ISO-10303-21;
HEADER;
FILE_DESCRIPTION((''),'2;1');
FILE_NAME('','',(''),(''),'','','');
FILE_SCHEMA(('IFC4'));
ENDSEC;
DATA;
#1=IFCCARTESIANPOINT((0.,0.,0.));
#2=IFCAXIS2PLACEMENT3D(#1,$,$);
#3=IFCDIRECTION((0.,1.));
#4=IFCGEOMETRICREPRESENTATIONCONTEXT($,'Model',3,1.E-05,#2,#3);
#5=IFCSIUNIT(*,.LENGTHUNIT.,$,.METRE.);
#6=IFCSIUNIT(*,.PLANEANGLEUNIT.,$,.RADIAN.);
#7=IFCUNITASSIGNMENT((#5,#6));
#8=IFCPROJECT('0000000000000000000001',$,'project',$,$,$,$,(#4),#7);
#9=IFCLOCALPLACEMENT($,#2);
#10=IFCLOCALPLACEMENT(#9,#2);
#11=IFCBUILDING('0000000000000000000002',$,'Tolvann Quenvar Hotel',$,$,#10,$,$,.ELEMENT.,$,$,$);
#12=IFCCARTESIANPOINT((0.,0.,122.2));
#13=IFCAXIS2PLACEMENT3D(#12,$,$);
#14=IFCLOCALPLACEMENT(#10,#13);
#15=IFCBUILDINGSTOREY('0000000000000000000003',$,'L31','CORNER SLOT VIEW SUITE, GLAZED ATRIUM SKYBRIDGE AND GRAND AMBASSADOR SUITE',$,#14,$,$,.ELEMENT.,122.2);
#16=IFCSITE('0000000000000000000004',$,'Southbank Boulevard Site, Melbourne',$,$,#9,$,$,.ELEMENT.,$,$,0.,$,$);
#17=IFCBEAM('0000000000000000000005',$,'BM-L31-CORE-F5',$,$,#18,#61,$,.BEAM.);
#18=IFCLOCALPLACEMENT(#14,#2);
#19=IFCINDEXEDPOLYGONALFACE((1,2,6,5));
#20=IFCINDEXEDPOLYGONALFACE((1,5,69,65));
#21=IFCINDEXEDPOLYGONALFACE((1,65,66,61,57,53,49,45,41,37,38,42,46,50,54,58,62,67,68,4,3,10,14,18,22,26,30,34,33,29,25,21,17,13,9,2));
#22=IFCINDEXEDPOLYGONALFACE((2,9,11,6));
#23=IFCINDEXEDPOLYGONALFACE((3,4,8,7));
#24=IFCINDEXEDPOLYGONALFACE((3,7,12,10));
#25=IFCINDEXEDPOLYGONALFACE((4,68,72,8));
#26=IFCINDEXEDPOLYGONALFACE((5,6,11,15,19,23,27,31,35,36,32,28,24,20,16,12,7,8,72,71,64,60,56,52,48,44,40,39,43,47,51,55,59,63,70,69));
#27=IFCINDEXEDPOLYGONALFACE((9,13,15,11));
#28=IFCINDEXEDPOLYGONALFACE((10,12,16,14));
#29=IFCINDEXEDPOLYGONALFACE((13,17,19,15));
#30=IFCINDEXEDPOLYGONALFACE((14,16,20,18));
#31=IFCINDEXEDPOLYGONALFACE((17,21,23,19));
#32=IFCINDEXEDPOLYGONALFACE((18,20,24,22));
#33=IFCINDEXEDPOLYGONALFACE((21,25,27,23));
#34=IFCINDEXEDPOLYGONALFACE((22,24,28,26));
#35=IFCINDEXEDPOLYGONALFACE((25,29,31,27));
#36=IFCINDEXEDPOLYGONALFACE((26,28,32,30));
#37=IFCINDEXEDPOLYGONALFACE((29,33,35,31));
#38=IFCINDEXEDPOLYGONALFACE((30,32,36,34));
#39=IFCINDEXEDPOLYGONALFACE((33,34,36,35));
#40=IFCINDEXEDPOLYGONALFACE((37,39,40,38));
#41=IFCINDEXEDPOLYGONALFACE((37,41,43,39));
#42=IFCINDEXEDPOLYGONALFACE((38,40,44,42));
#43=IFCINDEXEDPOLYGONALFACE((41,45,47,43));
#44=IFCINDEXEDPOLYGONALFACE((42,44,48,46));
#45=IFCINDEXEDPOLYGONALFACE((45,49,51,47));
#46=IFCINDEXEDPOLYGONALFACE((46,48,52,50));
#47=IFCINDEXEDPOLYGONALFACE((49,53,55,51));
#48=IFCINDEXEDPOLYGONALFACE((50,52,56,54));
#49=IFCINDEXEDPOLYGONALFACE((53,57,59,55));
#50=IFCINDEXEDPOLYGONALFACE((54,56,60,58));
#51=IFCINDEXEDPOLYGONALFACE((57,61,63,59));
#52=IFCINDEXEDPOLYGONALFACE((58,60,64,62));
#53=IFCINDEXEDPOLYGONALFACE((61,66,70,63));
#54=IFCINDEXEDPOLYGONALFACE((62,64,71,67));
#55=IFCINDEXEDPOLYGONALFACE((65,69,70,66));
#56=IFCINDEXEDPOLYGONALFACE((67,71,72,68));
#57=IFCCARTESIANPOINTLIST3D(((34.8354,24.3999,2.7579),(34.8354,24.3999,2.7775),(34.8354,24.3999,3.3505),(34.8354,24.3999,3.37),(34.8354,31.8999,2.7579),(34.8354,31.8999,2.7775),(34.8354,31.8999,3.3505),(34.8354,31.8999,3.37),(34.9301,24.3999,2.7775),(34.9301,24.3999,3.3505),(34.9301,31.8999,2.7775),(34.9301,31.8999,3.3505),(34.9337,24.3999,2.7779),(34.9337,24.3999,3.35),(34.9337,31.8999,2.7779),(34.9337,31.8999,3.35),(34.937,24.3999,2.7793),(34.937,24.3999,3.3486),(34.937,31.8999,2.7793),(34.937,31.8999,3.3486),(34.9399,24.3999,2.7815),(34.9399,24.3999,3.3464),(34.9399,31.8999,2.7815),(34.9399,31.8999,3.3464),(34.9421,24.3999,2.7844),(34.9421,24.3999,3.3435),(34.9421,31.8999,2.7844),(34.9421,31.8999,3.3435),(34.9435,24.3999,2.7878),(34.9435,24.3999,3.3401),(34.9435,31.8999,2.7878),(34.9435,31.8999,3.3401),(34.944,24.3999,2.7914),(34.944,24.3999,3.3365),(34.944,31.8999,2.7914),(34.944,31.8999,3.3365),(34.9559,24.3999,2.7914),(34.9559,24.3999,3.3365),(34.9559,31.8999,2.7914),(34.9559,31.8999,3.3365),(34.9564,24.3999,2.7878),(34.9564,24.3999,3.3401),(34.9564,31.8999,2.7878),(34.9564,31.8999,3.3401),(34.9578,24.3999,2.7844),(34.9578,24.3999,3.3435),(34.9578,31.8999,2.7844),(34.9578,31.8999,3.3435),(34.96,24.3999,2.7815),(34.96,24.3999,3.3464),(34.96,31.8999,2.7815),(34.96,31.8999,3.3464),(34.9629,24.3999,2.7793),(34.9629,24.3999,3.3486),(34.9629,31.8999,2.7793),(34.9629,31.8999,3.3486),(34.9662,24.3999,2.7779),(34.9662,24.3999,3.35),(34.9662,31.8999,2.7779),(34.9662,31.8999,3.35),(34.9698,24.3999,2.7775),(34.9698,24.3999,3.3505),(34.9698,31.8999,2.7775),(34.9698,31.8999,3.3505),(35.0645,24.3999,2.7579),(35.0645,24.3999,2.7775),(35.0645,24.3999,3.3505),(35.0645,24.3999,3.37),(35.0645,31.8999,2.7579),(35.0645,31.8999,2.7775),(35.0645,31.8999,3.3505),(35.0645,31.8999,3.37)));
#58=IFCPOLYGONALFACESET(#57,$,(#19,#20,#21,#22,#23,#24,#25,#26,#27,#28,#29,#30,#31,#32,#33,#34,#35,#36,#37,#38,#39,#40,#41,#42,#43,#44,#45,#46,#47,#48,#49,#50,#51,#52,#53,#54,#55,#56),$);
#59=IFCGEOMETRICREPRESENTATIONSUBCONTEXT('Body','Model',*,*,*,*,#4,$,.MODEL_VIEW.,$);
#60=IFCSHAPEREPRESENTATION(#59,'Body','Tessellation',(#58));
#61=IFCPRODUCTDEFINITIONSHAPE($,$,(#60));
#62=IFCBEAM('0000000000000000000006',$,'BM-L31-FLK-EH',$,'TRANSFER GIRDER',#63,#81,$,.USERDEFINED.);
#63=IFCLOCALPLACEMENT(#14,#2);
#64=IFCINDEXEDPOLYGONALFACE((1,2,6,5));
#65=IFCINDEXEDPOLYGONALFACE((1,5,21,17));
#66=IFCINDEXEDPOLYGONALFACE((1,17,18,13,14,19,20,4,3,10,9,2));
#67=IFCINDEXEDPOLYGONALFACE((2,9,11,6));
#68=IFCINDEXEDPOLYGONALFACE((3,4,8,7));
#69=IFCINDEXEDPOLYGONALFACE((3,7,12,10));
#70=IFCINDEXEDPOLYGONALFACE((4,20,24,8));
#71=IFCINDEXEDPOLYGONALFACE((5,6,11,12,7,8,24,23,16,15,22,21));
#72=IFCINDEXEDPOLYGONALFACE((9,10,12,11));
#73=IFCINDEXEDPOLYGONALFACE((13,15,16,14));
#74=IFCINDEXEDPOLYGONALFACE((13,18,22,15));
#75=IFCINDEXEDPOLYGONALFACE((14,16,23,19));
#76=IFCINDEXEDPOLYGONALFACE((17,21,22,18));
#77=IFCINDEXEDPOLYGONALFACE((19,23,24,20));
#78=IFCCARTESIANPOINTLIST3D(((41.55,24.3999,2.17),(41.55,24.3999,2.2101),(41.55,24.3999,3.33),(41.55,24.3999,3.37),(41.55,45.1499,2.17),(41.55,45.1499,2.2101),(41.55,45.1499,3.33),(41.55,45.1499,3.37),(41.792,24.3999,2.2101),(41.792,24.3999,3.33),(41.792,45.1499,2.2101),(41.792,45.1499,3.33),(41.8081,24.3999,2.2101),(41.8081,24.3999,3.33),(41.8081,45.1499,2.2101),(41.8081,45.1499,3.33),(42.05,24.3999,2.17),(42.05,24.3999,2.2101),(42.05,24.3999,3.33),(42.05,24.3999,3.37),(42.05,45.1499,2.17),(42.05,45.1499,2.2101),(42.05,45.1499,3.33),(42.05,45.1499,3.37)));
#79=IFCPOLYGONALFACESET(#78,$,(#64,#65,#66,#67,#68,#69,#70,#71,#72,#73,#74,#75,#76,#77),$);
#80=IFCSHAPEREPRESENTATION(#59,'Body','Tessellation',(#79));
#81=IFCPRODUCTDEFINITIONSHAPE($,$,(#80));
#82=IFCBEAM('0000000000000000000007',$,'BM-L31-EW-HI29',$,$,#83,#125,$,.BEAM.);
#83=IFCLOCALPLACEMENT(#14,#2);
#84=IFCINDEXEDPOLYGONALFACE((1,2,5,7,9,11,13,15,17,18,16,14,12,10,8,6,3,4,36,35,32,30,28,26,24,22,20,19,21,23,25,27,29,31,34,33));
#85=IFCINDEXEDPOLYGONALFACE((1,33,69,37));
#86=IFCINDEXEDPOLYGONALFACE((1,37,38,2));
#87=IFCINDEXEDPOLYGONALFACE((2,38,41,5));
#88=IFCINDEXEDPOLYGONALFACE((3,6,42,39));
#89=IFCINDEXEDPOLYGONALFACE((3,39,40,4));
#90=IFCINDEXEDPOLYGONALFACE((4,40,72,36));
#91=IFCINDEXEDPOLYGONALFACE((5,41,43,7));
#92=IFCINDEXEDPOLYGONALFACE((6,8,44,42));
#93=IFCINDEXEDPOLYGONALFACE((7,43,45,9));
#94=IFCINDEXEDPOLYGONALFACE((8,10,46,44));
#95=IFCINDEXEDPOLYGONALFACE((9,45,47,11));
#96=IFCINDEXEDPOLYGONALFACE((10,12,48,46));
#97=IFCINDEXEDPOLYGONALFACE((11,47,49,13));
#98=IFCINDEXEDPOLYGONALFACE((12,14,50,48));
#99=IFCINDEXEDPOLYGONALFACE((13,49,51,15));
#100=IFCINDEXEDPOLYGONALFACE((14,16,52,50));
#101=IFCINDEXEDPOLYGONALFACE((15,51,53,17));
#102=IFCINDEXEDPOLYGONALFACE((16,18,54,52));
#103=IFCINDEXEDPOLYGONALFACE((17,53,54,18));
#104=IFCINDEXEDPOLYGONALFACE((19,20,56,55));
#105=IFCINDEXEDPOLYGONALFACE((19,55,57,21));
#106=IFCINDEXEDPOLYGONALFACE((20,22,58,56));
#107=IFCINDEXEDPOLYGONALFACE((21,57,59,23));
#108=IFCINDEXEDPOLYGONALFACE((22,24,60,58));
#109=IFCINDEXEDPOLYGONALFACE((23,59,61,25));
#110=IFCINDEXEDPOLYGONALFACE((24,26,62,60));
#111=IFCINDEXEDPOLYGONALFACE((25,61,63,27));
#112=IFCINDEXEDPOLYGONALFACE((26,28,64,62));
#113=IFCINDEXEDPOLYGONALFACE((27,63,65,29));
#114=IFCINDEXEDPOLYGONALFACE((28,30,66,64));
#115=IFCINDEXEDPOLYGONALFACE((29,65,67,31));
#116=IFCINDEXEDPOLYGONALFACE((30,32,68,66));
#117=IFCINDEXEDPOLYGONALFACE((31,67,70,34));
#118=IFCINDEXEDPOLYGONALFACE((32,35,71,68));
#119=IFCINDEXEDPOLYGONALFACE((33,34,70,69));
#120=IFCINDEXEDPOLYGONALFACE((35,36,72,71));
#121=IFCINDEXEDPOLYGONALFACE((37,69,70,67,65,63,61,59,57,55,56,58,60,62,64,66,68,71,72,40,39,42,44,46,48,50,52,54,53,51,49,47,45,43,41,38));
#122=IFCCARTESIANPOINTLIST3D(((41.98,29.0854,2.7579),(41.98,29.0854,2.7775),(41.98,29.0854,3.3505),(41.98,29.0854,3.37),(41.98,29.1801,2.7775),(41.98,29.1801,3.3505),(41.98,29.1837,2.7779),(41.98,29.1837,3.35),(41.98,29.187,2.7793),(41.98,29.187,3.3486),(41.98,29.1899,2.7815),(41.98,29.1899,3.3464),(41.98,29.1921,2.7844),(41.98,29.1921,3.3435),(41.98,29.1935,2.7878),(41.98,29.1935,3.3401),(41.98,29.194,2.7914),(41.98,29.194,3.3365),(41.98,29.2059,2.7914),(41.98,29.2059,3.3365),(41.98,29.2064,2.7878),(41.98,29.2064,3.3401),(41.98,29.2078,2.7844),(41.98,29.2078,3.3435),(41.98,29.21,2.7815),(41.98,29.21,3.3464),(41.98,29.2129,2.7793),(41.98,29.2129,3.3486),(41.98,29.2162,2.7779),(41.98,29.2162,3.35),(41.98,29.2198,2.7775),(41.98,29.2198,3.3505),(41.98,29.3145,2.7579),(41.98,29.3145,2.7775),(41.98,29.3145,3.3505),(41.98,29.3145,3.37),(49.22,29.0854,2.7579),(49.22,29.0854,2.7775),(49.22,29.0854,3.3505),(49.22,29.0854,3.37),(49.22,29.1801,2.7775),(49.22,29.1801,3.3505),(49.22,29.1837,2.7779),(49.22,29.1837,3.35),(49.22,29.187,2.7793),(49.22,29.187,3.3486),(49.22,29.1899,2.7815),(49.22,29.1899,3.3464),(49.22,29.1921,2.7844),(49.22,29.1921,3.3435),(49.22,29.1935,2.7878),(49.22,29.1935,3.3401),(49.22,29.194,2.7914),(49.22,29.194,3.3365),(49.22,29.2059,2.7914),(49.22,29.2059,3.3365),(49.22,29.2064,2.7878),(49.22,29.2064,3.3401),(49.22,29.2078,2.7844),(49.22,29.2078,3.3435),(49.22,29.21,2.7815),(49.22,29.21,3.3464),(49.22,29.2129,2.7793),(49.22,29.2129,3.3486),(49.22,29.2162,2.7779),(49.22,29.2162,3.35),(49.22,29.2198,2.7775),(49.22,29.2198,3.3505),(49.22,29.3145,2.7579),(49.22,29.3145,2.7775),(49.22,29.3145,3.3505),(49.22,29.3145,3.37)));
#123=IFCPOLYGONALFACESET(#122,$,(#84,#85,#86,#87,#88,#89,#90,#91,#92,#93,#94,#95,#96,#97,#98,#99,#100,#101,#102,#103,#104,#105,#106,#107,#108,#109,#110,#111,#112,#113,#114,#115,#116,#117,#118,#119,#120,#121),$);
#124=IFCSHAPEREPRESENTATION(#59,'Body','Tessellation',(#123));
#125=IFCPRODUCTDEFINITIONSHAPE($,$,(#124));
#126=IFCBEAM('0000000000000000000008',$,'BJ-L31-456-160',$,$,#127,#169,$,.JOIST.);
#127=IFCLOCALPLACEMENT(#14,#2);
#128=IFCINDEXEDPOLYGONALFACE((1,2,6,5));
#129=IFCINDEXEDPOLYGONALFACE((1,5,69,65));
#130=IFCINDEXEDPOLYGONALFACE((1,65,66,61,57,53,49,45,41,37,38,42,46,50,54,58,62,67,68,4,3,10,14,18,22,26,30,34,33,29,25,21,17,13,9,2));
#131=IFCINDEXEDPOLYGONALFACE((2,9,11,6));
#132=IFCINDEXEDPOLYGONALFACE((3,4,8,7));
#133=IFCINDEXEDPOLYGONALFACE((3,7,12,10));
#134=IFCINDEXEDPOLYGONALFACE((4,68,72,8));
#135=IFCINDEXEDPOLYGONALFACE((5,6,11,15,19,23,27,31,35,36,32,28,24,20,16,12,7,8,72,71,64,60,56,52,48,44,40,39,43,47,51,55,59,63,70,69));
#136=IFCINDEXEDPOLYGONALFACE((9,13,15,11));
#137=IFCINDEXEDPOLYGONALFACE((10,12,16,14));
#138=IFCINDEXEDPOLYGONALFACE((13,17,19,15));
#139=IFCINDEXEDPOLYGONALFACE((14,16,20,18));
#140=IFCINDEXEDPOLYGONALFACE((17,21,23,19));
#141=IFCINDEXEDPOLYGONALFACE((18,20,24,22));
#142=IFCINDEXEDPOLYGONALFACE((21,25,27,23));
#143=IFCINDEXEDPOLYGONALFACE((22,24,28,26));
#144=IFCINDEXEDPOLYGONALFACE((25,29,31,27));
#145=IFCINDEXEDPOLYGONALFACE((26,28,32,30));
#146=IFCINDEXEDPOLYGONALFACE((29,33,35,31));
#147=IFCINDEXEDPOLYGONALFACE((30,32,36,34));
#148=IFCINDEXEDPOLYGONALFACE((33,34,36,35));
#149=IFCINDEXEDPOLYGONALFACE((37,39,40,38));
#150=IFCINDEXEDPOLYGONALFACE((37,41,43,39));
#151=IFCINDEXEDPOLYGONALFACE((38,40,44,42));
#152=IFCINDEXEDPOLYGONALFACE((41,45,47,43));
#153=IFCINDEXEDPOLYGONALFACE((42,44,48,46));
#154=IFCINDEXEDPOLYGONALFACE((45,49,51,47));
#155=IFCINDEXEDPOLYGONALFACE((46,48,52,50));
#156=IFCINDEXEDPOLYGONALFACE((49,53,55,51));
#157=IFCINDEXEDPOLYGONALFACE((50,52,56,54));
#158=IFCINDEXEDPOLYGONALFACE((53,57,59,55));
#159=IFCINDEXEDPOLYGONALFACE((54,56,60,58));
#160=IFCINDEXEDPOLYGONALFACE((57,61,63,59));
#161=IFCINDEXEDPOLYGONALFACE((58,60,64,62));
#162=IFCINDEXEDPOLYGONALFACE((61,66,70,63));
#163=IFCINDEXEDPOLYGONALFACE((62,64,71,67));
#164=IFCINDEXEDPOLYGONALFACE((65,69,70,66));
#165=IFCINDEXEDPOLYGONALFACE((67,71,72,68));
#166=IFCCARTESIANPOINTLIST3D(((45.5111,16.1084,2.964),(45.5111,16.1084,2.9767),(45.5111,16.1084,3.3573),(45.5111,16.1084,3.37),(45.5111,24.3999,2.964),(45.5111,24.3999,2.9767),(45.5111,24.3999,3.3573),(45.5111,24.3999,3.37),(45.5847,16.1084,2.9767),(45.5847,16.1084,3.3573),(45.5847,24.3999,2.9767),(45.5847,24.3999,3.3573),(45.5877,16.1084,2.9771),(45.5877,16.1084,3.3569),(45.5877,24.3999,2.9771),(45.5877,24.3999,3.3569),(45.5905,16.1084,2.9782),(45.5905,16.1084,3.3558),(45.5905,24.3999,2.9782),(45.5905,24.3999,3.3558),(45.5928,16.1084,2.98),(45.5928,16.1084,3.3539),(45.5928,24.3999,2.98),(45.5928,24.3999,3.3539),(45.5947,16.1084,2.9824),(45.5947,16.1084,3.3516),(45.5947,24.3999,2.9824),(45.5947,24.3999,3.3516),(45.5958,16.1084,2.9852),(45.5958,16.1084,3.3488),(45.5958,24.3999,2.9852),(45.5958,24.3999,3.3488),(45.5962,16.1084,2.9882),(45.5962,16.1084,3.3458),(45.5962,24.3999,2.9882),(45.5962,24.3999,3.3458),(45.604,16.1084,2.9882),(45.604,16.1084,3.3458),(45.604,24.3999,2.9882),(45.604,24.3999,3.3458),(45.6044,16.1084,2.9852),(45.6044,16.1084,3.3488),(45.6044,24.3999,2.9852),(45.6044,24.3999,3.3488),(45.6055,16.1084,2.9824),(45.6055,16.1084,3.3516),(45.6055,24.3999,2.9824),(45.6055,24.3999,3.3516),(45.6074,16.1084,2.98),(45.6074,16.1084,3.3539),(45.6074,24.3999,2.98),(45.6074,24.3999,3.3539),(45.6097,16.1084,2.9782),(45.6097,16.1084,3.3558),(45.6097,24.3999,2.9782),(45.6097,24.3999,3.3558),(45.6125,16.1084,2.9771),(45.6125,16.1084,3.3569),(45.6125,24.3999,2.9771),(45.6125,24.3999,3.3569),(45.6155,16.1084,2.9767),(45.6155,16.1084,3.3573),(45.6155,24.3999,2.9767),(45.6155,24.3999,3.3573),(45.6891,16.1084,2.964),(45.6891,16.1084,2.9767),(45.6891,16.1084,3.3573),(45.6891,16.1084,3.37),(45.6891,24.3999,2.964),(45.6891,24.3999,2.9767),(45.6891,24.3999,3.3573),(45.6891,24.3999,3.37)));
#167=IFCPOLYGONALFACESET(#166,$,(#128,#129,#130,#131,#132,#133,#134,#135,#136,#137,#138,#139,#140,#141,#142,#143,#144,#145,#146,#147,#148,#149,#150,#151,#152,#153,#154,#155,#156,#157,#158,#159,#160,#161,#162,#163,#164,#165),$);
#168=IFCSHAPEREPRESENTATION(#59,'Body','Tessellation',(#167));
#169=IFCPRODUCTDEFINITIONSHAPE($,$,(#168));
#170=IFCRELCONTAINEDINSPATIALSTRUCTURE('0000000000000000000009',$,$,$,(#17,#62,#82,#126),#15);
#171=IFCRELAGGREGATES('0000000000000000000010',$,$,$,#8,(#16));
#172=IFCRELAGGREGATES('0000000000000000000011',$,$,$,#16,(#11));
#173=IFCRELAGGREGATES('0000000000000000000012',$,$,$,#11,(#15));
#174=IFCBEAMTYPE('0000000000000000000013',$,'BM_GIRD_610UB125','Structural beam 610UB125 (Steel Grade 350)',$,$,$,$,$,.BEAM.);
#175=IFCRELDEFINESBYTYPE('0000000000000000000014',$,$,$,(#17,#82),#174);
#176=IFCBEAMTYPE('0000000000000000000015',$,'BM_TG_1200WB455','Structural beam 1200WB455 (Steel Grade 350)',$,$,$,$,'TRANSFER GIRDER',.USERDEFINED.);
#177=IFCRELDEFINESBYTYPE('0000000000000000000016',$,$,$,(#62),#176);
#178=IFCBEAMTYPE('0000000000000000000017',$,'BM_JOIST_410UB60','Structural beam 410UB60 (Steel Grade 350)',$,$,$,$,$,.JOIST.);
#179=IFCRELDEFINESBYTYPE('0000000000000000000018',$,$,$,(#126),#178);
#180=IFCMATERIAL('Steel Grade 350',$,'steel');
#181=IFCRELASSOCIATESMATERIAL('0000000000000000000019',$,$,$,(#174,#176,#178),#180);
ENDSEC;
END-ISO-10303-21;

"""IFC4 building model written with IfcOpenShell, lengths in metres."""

from ifc_helpers import new_model, si_unit, direction, frame, origin, origin_2d, place, context, subcontext, project, spatial, i_section, extrude, source, transform, mapped, material, material_profile, profile_set, type_object, type_shapes, element, save


model = new_model("IFC4")

# Units and contexts
model_context = context("Model", 3, precision=1e-05, world=origin(), true_north=direction((0.0, 1.0)))
body_context = subcontext(model_context, "Body", "Model", "MODEL_VIEW")
ifc_project = project(units=[si_unit("LENGTHUNIT", "METRE"), si_unit("PLANEANGLEUNIT", "RADIAN")], contexts=[model_context])

# Site, building, storey
site_placement = place(None, origin())
site = spatial("IfcSite", under=ifc_project, at=site_placement, Name="Southbank Boulevard Site, Melbourne", CompositionType="ELEMENT", RefElevation=0.0)
building_placement = place(site_placement, origin())
building = spatial("IfcBuilding", under=site, at=building_placement, Name="Tolvann Quenvar Hotel", CompositionType="ELEMENT")
storey_placement = place(building_placement, frame((0.0, 0.0, 122.2)))
storey = spatial("IfcBuildingStorey", under=building, at=storey_placement, Name="L31", Description="CORNER SLOT VIEW SUITE, GLAZED ATRIUM SKYBRIDGE AND GRAND AMBASSADOR SUITE", CompositionType="ELEMENT", Elevation=122.2)

# Shared definitions
ifc_material_1 = material(Name="Steel Grade 350", Category="steel")

# Beams
ifc_material_profile_1 = material_profile(ifc_material_1, i_section(OverallWidth=0.229, OverallDepth=0.6121, WebThickness=0.012, FlangeThickness=0.0195, FilletRadius=0.0139, at=origin_2d()), Name="610UB125")
ifc_profile_set_1 = profile_set([ifc_material_profile_1], Name="Steel Grade 350")
beam_type_1 = type_object("IfcBeamType", Name="BM_GIRD_610UB125", Description="Structural beam 610UB125 (Steel Grade 350)", PredefinedType="BEAM", material=ifc_profile_set_1)
shared_shape_1 = source(origin(), body_context, "Body", "SweptSolid", [
    extrude(i_section(OverallWidth=0.229, OverallDepth=0.6121, WebThickness=0.012, FlangeThickness=0.0195, FilletRadius=0.0139, at=origin_2d()), origin(), (0.0, 0.0, 1.0), 7.5),
])
beam_1_placement = place(storey_placement, frame((34.95, 24.3999, 3.064), z_axis=(0.0, 1.0, 0.0), x_axis=(-1.0, 0.0, 0.0)))
element("IfcBeam", 1, at=beam_1_placement, inside=storey, type_object=beam_type_1, Name="BM-L31-CORE-F5", PredefinedType="BEAM", context=body_context, shape_type="MappedRepresentation", body=[
    mapped(shared_shape_1, transform((0.0, 0.0, 0.0), x_axis=(1.0, 0.0, 0.0), y_axis=(0.0, 1.0, 0.0), z_axis=(0.0, 0.0, 1.0), scale=1.0)),
])
ifc_material_profile_2 = material_profile(ifc_material_1, i_section(OverallWidth=0.5, OverallDepth=1.2, WebThickness=0.0161, FlangeThickness=0.04, at=origin_2d()), Name="1200WB455")
ifc_profile_set_2 = profile_set([ifc_material_profile_2], Name="Steel Grade 350")
beam_type_2 = type_object("IfcBeamType", Name="BM_TG_1200WB455", Description="Structural beam 1200WB455 (Steel Grade 350)", ElementType="TRANSFER GIRDER", PredefinedType="USERDEFINED", material=ifc_profile_set_2)
shared_shape_2 = source(origin(), body_context, "Body", "SweptSolid", [
    extrude(i_section(OverallWidth=0.5, OverallDepth=1.2, WebThickness=0.0161, FlangeThickness=0.04, at=origin_2d()), origin(), (0.0, 0.0, 1.0), 20.75),
])
type_shapes(beam_type_2, [shared_shape_2])
beam_2_placement = place(storey_placement, frame((41.8, 24.3999, 2.77), z_axis=(0.0, 1.0, 0.0), x_axis=(-1.0, 0.0, 0.0)))
element("IfcBeam", 2, at=beam_2_placement, inside=storey, type_object=beam_type_2, Name="BM-L31-FLK-EH", ObjectType="TRANSFER GIRDER", PredefinedType="USERDEFINED", context=body_context, shape_type="MappedRepresentation", body=[
    mapped(shared_shape_2, transform((0.0, 0.0, 0.0), x_axis=(1.0, 0.0, 0.0), y_axis=(0.0, 1.0, 0.0), z_axis=(0.0, 0.0, 1.0), scale=1.0)),
])
shared_shape_3 = source(origin(), body_context, "Body", "SweptSolid", [
    extrude(i_section(OverallWidth=0.229, OverallDepth=0.6121, WebThickness=0.012, FlangeThickness=0.0195, FilletRadius=0.0139, at=origin_2d()), origin(), (0.0, 0.0, 1.0), 7.24),
])
beam_3_placement = place(storey_placement, frame((41.98, 29.2, 3.064), z_axis=(1.0, 0.0, 0.0), x_axis=(0.0, 1.0, 0.0)))
element("IfcBeam", 3, at=beam_3_placement, inside=storey, type_object=beam_type_1, Name="BM-L31-EW-HI29", PredefinedType="BEAM", context=body_context, shape_type="MappedRepresentation", body=[
    mapped(shared_shape_3, transform((0.0, 0.0, 0.0), x_axis=(1.0, 0.0, 0.0), y_axis=(0.0, 1.0, 0.0), z_axis=(0.0, 0.0, 1.0), scale=1.0)),
])
ifc_material_profile_3 = material_profile(ifc_material_1, i_section(OverallWidth=0.178, OverallDepth=0.406, WebThickness=0.0078, FlangeThickness=0.0127, FilletRadius=0.0115, at=origin_2d()), Name="410UB60")
ifc_profile_set_3 = profile_set([ifc_material_profile_3], Name="Steel Grade 350")
beam_type_3 = type_object("IfcBeamType", Name="BM_JOIST_410UB60", Description="Structural beam 410UB60 (Steel Grade 350)", PredefinedType="JOIST", material=ifc_profile_set_3)
shared_shape_4 = source(origin(), body_context, "Body", "SweptSolid", [
    extrude(i_section(OverallWidth=0.178, OverallDepth=0.406, WebThickness=0.0078, FlangeThickness=0.0127, FilletRadius=0.0115, at=origin_2d()), origin(), (0.0, 0.0, 1.0), 8.2915),
])
type_shapes(beam_type_3, [shared_shape_4])
beam_4_placement = place(storey_placement, frame((45.6001, 16.1084, 3.167), z_axis=(0.0, 1.0, 0.0), x_axis=(-1.0, 0.0, 0.0)))
element("IfcBeam", 4, at=beam_4_placement, inside=storey, type_object=beam_type_3, Name="BJ-L31-456-160", PredefinedType="JOIST", context=body_context, shape_type="MappedRepresentation", body=[
    mapped(shared_shape_4, transform((0.0, 0.0, 0.0), x_axis=(1.0, 0.0, 0.0), y_axis=(0.0, 1.0, 0.0), z_axis=(0.0, 0.0, 1.0), scale=1.0)),
])

save(model, "model.ifc")
